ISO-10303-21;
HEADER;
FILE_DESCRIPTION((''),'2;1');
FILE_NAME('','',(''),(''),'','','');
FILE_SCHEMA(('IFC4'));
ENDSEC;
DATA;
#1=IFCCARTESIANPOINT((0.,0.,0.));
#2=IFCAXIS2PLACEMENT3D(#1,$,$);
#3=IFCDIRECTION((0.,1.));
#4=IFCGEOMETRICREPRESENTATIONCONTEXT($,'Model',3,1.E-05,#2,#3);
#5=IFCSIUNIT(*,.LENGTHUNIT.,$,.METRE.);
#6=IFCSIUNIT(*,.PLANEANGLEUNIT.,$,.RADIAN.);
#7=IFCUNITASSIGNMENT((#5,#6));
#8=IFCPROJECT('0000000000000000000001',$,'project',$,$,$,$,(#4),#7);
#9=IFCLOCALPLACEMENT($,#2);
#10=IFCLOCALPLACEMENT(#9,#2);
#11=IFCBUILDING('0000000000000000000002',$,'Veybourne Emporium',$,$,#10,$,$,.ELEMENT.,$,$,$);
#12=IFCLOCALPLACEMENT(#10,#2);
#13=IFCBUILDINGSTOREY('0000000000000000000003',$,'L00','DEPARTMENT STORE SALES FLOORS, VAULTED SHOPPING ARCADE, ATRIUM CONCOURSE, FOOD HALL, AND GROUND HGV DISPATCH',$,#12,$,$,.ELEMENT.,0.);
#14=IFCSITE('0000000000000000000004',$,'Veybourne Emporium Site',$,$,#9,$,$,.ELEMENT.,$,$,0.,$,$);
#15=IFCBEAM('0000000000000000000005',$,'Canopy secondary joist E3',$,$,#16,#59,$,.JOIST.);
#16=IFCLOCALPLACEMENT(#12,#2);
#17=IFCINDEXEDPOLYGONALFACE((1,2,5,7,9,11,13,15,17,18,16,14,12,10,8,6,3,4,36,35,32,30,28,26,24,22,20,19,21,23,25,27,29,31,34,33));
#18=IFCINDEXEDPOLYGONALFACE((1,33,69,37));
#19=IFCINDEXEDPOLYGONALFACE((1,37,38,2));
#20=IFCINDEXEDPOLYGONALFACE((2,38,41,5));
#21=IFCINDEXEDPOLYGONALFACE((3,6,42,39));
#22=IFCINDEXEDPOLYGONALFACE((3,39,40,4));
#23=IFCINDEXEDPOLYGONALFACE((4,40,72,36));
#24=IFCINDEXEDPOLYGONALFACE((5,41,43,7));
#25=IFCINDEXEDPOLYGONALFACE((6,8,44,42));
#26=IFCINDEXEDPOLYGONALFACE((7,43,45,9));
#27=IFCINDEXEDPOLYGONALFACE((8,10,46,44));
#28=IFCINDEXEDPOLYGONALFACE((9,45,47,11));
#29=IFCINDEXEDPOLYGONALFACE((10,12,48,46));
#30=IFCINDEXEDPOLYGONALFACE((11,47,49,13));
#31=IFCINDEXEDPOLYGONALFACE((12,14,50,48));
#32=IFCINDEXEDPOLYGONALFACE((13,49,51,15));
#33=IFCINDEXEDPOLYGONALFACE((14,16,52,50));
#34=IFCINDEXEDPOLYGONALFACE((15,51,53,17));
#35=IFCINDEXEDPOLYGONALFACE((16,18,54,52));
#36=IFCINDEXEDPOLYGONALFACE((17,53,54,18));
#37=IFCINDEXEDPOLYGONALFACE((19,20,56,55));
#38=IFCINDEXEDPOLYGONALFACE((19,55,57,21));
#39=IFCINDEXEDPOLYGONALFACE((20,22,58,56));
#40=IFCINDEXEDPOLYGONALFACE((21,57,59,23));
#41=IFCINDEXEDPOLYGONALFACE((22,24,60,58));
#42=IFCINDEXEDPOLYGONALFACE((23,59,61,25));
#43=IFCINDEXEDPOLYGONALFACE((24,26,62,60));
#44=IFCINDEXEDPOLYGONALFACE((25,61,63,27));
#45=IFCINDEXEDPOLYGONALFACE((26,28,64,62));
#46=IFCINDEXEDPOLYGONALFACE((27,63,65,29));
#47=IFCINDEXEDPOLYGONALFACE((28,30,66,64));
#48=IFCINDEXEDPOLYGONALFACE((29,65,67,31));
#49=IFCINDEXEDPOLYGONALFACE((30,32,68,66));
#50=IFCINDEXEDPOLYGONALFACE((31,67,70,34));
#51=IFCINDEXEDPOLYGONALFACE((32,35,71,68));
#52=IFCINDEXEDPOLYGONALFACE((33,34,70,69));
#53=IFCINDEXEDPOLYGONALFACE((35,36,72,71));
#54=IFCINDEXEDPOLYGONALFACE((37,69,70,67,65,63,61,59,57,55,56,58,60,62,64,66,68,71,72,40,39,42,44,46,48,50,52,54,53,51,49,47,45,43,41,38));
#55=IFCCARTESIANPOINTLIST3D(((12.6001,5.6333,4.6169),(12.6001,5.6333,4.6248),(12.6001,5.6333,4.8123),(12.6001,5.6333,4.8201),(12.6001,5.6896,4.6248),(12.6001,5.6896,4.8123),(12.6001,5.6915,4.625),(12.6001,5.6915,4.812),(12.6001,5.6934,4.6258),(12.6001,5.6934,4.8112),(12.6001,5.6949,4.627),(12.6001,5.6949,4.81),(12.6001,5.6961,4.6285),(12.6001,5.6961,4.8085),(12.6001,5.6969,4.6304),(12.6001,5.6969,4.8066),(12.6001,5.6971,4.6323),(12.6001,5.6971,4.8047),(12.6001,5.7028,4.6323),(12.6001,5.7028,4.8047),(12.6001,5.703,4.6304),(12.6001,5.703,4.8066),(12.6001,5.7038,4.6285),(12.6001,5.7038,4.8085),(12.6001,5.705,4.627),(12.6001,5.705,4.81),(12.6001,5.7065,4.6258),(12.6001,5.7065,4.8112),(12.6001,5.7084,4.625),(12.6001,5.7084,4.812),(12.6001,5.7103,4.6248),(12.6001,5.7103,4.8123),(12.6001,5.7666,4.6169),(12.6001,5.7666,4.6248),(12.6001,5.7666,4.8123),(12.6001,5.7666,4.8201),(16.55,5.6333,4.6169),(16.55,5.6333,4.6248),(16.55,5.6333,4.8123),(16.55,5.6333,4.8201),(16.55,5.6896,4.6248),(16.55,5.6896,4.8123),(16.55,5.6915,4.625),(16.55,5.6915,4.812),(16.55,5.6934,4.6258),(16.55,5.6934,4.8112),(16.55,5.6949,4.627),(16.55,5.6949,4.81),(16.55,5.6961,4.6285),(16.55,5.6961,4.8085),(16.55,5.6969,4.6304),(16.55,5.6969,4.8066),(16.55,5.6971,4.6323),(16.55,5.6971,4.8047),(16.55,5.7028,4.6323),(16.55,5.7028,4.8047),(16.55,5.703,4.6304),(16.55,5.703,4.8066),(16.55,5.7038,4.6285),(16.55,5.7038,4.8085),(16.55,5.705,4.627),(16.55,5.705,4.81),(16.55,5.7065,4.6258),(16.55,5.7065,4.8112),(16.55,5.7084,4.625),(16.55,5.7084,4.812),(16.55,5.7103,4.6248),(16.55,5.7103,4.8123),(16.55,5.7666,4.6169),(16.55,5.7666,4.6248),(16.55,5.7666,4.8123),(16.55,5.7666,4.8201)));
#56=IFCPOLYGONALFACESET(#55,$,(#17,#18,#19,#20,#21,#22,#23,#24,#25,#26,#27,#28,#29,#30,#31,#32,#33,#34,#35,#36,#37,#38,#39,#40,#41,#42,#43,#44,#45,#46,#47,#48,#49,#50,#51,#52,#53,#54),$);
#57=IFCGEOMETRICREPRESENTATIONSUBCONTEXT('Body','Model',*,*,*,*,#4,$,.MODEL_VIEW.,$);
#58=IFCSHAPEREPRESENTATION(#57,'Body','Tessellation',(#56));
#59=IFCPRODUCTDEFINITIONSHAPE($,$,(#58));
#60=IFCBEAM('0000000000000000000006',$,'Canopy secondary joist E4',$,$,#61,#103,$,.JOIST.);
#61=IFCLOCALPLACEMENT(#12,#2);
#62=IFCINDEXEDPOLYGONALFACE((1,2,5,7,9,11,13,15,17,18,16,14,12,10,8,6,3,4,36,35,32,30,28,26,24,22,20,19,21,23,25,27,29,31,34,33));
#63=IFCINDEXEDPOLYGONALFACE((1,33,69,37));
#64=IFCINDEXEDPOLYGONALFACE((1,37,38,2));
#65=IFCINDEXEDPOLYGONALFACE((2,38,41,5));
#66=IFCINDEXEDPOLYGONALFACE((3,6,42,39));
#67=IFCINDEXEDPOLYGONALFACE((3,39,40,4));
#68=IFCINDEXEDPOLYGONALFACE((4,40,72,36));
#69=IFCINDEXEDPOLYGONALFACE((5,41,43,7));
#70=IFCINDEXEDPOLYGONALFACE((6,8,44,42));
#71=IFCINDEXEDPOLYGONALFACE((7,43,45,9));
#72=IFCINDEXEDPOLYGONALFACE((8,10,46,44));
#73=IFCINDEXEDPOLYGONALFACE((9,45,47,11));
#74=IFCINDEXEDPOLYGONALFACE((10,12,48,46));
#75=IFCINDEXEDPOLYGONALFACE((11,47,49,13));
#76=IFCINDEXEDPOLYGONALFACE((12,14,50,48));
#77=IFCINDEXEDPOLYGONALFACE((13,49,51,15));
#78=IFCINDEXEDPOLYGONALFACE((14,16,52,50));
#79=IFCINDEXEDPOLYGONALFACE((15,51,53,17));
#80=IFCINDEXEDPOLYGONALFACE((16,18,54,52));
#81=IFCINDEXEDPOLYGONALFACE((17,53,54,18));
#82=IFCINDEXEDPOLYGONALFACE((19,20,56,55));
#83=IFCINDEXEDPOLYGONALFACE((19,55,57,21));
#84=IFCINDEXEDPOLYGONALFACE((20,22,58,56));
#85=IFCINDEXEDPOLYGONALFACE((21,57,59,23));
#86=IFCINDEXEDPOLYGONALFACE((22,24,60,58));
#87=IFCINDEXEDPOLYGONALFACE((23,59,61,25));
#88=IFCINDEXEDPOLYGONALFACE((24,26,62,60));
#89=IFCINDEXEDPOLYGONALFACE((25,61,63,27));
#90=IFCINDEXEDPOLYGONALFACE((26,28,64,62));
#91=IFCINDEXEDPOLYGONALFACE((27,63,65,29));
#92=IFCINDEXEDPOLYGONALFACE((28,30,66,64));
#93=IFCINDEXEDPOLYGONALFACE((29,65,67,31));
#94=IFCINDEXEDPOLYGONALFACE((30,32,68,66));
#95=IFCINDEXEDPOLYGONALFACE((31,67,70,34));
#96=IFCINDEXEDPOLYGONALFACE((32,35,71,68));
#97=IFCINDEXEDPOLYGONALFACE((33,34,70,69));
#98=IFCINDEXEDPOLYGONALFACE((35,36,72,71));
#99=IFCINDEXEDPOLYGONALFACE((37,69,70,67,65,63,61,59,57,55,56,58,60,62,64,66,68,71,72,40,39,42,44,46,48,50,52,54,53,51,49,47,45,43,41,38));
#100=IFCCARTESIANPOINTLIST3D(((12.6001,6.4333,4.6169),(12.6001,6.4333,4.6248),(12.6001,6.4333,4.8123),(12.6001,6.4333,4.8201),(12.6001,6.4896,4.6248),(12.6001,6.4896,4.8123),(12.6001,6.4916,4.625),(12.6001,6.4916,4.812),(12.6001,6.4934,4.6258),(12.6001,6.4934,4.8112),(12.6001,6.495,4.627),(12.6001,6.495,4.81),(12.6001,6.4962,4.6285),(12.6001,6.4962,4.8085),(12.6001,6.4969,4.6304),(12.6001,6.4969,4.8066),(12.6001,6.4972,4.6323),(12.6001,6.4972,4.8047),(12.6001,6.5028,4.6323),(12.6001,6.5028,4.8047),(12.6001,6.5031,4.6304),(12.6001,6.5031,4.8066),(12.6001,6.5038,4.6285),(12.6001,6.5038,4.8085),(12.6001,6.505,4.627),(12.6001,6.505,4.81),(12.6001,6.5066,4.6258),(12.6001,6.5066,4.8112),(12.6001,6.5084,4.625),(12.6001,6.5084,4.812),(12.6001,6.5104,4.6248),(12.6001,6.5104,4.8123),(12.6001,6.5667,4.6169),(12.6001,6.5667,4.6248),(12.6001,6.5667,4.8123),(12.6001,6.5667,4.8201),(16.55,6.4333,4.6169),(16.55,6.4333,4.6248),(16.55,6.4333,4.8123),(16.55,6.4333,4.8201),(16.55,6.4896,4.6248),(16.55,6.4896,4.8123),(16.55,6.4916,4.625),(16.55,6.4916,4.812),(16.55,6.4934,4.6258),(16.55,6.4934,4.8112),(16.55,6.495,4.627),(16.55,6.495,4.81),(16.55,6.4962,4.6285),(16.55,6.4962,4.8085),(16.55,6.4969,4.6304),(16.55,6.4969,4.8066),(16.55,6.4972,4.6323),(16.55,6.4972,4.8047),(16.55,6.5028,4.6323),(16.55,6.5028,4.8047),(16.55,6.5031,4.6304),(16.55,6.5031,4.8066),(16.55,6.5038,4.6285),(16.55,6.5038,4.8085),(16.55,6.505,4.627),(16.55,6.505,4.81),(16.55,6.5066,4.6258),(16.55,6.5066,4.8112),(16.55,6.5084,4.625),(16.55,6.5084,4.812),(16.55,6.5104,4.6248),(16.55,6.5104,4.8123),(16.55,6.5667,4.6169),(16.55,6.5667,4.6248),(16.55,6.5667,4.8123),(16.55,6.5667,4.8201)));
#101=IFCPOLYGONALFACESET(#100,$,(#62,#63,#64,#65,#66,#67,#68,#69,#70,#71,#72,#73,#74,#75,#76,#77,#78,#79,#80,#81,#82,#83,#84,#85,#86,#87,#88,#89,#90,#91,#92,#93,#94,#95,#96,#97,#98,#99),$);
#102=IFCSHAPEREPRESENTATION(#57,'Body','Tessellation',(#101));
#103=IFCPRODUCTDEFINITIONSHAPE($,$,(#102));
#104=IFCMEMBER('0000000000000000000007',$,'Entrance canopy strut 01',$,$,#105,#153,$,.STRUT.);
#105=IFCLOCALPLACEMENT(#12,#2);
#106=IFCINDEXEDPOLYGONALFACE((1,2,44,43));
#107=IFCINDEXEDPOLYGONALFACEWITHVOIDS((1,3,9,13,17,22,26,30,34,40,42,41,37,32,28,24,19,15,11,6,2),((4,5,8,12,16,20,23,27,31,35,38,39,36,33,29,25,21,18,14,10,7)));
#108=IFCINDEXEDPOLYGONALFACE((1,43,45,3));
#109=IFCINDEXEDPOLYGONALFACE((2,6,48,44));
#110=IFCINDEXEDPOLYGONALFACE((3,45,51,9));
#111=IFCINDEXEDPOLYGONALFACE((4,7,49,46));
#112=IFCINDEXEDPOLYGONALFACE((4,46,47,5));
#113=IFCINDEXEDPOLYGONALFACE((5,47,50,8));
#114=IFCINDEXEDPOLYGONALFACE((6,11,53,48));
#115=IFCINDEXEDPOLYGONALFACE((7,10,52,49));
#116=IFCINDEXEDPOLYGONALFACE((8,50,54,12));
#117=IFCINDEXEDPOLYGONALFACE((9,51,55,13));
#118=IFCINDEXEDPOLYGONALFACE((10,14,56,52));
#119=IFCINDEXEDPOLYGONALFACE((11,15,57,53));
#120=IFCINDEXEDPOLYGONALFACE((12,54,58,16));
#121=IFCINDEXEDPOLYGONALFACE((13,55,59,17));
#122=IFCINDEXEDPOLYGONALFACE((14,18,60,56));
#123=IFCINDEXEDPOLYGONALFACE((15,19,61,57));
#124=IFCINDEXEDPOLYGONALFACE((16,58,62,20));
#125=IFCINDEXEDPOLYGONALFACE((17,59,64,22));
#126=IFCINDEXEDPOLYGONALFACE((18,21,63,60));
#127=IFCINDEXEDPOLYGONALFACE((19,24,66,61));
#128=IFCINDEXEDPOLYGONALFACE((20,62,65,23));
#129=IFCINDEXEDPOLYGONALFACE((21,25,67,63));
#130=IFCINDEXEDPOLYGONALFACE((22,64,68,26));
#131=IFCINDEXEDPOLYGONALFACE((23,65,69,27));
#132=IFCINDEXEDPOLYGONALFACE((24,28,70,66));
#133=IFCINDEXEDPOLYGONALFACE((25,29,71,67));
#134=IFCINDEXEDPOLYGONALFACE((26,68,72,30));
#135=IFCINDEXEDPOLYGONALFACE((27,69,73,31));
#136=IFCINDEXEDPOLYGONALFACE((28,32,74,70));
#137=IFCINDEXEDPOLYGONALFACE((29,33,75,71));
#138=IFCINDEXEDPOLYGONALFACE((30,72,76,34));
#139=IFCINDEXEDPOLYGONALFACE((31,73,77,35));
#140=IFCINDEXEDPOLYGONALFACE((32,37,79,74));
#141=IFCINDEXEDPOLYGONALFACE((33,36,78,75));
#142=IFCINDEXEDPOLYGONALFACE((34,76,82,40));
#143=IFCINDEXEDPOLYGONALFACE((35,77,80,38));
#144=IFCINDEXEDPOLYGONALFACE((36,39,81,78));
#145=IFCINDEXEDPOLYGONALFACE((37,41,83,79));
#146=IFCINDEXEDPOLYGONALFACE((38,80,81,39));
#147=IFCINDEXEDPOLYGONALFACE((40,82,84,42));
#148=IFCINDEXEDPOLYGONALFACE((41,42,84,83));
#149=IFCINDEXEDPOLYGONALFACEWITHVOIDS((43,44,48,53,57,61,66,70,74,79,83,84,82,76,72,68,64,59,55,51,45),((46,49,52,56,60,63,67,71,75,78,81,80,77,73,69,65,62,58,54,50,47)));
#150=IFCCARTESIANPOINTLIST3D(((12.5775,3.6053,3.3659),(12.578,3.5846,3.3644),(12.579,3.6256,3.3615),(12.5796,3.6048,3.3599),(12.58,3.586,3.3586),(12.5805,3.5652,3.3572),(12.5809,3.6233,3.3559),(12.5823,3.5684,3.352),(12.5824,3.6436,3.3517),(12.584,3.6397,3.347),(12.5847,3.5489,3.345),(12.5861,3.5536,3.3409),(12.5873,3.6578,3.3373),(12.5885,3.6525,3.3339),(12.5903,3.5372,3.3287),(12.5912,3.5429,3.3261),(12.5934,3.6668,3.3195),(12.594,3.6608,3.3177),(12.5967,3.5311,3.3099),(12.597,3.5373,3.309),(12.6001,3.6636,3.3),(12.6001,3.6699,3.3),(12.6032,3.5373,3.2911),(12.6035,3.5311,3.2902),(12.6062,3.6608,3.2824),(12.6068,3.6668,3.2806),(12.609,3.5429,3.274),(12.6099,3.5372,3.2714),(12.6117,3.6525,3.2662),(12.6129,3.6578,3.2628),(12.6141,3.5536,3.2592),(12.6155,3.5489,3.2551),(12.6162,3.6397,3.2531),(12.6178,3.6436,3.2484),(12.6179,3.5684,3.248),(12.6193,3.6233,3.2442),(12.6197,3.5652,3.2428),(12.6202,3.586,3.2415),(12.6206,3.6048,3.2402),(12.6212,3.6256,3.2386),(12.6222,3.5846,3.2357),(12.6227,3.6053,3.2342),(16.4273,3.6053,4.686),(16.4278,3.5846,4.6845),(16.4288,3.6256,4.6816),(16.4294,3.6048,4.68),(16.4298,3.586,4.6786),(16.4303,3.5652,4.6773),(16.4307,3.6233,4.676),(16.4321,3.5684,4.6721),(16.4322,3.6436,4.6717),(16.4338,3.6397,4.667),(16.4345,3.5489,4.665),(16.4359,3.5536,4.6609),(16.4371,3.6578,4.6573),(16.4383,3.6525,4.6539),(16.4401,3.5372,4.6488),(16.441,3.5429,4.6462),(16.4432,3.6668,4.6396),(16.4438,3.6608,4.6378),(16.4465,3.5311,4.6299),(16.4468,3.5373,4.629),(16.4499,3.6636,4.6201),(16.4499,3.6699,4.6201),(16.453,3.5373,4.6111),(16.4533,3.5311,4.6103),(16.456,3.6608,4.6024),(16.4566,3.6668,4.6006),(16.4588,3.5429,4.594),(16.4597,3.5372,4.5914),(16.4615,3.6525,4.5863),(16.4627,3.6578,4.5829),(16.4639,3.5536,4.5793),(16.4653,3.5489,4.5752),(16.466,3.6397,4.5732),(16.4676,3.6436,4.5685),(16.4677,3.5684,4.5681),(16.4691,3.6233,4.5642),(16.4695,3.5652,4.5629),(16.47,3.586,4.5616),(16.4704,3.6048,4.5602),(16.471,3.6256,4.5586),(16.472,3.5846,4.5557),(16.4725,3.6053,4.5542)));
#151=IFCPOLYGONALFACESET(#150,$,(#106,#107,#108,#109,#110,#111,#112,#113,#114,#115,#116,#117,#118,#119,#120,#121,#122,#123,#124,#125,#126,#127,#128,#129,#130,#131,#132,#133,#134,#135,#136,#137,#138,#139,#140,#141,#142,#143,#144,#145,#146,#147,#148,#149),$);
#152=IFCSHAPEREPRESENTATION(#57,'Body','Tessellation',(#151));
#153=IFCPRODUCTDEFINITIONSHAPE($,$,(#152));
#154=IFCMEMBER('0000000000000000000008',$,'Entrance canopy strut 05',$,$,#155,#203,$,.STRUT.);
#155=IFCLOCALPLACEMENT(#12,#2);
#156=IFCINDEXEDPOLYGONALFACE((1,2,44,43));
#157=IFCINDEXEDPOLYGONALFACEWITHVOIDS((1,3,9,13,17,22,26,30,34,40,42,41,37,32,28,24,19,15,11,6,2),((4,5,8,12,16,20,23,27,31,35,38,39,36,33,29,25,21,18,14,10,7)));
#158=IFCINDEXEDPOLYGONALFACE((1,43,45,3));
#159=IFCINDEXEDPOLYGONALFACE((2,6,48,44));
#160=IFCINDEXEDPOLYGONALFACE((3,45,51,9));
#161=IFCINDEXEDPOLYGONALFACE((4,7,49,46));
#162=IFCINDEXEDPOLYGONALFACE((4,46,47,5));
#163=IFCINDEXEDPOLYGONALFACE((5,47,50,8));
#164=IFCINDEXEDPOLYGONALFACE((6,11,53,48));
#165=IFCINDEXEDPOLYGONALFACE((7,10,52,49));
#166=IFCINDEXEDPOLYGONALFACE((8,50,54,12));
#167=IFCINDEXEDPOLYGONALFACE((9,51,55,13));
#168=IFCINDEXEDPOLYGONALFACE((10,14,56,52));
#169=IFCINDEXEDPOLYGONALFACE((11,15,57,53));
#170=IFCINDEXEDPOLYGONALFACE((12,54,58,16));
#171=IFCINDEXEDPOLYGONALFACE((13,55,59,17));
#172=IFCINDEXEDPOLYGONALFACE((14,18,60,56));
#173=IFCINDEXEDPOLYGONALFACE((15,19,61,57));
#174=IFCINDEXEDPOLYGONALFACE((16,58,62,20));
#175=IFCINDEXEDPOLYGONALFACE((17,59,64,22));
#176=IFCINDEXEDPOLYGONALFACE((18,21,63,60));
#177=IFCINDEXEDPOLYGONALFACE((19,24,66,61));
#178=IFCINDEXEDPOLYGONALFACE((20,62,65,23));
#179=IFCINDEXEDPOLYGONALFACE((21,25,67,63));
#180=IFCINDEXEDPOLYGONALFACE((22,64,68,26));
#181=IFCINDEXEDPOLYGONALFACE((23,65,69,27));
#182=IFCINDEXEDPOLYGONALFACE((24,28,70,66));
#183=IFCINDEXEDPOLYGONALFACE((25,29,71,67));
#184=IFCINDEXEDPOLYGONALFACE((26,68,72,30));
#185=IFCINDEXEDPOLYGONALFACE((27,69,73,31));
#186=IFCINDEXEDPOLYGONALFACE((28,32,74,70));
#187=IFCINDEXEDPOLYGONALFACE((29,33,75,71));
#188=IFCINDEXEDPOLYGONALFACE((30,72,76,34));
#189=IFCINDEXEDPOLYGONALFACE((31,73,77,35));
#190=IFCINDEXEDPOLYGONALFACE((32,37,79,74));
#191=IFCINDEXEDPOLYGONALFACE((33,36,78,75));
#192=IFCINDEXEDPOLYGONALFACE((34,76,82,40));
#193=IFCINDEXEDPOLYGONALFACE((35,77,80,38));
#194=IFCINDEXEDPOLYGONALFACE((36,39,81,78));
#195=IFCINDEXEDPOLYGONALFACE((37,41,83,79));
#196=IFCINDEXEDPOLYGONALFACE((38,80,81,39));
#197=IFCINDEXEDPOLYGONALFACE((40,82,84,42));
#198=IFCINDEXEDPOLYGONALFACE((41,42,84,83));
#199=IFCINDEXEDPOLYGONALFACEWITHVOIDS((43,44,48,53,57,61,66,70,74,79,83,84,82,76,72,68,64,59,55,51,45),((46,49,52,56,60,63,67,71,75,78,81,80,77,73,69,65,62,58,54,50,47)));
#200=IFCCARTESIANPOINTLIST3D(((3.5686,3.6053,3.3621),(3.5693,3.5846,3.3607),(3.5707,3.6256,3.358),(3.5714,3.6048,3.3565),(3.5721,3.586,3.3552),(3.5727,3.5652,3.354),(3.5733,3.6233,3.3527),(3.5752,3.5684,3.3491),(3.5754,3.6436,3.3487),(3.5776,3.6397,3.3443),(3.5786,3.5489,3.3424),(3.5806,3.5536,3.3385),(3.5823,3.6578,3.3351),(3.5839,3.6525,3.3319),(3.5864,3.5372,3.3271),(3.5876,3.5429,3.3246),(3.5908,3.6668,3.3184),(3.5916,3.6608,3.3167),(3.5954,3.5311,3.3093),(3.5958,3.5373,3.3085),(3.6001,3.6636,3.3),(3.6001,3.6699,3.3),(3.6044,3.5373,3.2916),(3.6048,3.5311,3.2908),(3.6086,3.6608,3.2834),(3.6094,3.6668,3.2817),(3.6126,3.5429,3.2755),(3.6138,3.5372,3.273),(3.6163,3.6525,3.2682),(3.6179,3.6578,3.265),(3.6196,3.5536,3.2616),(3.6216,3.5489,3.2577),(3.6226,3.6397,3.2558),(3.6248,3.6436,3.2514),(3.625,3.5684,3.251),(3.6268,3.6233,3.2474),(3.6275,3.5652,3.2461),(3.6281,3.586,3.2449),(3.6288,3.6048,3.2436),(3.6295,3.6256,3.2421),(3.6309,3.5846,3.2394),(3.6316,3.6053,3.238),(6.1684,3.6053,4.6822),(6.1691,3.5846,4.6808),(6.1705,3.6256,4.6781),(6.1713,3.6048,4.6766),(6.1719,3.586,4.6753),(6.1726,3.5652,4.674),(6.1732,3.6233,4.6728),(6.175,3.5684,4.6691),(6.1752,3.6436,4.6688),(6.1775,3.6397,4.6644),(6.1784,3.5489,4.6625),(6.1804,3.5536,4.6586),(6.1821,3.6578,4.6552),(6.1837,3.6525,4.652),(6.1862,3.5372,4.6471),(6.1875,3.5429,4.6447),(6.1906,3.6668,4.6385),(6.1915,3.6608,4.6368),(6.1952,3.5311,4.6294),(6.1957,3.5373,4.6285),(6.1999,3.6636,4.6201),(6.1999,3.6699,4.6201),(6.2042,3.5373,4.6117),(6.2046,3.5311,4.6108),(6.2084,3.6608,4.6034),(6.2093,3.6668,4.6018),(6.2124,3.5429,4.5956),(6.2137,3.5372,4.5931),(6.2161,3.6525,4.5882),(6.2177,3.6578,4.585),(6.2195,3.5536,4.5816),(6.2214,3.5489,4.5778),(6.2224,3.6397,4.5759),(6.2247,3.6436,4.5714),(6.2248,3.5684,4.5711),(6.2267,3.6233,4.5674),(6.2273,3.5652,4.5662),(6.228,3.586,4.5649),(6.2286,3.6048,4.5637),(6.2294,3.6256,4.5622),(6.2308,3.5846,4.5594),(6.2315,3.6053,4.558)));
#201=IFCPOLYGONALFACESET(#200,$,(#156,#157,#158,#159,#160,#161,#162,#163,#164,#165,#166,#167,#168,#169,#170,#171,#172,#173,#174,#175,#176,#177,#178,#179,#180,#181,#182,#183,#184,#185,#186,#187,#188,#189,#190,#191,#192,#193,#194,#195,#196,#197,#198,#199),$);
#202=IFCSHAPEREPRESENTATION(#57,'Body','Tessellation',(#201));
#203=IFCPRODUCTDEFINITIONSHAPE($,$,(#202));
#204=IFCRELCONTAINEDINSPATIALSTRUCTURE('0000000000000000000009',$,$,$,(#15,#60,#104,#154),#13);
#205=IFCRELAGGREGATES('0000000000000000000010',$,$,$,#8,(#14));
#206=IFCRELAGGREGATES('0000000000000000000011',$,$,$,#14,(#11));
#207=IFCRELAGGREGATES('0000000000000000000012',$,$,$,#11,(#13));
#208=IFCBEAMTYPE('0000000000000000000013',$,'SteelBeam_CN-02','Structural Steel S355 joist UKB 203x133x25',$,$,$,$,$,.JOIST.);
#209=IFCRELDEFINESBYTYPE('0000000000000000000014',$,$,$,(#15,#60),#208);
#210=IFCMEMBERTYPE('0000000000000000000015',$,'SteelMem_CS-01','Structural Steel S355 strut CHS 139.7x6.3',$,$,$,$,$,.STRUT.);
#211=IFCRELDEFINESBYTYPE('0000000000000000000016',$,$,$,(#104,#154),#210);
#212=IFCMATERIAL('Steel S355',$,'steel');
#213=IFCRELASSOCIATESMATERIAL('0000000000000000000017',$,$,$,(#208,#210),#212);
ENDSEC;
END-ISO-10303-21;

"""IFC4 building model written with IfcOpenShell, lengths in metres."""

from ifc_helpers import new_model, si_unit, direction, frame, origin, origin_2d, place, context, subcontext, project, spatial, hollow_circle, i_section, extrude, material, material_profile, profile_set, type_object, element, save


model = new_model("IFC4")

# Units and contexts
model_context = context("Model", 3, precision=1e-05, world=origin(), true_north=direction((0.0, 1.0)))
body_context = subcontext(model_context, "Body", "Model", "MODEL_VIEW")
ifc_project = project(units=[si_unit("LENGTHUNIT", "METRE"), si_unit("PLANEANGLEUNIT", "RADIAN")], contexts=[model_context])

# Site, building, storey
site_placement = place(None, origin())
site = spatial("IfcSite", under=ifc_project, at=site_placement, Name="Veybourne Emporium Site", CompositionType="ELEMENT", RefElevation=0.0)
building_placement = place(site_placement, origin())
building = spatial("IfcBuilding", under=site, at=building_placement, Name="Veybourne Emporium", CompositionType="ELEMENT")
storey_placement = place(building_placement, origin())
storey = spatial("IfcBuildingStorey", under=building, at=storey_placement, Name="L00", Description="DEPARTMENT STORE SALES FLOORS, VAULTED SHOPPING ARCADE, ATRIUM CONCOURSE, FOOD HALL, AND GROUND HGV DISPATCH", CompositionType="ELEMENT", Elevation=0.0)

# Shared definitions
ifc_material_1 = material(Name="Steel S355", Category="steel")

# Beams
ifc_material_profile_1 = material_profile(ifc_material_1, i_section(OverallWidth=0.1333, OverallDepth=0.2031, WebThickness=0.0056, FlangeThickness=0.0078, FilletRadius=0.0076, at=origin_2d()), Name="UKB 203x133x25")
ifc_profile_set_1 = profile_set([ifc_material_profile_1], Name="Steel S355")
beam_type_1 = type_object("IfcBeamType", Name="SteelBeam_CN-02", Description="Structural Steel S355 joist UKB 203x133x25", PredefinedType="JOIST", material=ifc_profile_set_1)
for number, where, z_axis, x_axis, name in (
    (1, (12.6001, 5.7, 4.7185), (1.0, 0.0, 0.0), (0.0, 1.0, 0.0), "Canopy secondary joist E3"),
    (2, (12.6001, 6.5, 4.7185), (1.0, 0.0, 0.0), (0.0, 1.0, 0.0), "Canopy secondary joist E4"),
):
    element("IfcBeam", number, at=place(storey_placement, frame(where, z_axis=z_axis, x_axis=x_axis)), inside=storey, type_object=beam_type_1, Name=name, PredefinedType="JOIST", context=body_context, shape_type="SweptSolid", body=[
        extrude(i_section(OverallWidth=0.1333, OverallDepth=0.2031, WebThickness=0.0056, FlangeThickness=0.0078, FilletRadius=0.0076, at=origin_2d()), origin(), (0.0, 0.0, 1.0), 3.95),
    ])

# Members
ifc_material_profile_2 = material_profile(ifc_material_1, hollow_circle(Radius=0.0698, WallThickness=0.0063, at=origin_2d()), Name="CHS 139.7x6.3")
ifc_profile_set_2 = profile_set([ifc_material_profile_2], Name="Steel S355")
member_type = type_object("IfcMemberType", Name="SteelMem_CS-01", Description="Structural Steel S355 strut CHS 139.7x6.3", PredefinedType="STRUT", material=ifc_profile_set_2)
member_1_placement = place(storey_placement, frame((12.6001, 3.6001, 3.3), z_axis=(0.945937, 0.0, 0.32435), x_axis=(0.0, 1.0, 0.0)))
element("IfcMember", 3, at=member_1_placement, inside=storey, type_object=member_type, Name="Entrance canopy strut 01", PredefinedType="STRUT", context=body_context, shape_type="SweptSolid", body=[
    extrude(hollow_circle(Radius=0.0698, WallThickness=0.0063, at=origin_2d()), origin(), (0.0, 0.0, 1.0), 4.0698),
])
member_2_placement = place(storey_placement, frame((3.6001, 3.6001, 3.3), z_axis=(0.891647, 0.0, 0.452731), x_axis=(0.0, 1.0, 0.0)))
element("IfcMember", 4, at=member_2_placement, inside=storey, type_object=member_type, Name="Entrance canopy strut 05", PredefinedType="STRUT", context=body_context, shape_type="SweptSolid", body=[
    extrude(hollow_circle(Radius=0.0698, WallThickness=0.0063, at=origin_2d()), origin(), (0.0, 0.0, 1.0), 2.9158),
])

save(model, "model.ifc")
